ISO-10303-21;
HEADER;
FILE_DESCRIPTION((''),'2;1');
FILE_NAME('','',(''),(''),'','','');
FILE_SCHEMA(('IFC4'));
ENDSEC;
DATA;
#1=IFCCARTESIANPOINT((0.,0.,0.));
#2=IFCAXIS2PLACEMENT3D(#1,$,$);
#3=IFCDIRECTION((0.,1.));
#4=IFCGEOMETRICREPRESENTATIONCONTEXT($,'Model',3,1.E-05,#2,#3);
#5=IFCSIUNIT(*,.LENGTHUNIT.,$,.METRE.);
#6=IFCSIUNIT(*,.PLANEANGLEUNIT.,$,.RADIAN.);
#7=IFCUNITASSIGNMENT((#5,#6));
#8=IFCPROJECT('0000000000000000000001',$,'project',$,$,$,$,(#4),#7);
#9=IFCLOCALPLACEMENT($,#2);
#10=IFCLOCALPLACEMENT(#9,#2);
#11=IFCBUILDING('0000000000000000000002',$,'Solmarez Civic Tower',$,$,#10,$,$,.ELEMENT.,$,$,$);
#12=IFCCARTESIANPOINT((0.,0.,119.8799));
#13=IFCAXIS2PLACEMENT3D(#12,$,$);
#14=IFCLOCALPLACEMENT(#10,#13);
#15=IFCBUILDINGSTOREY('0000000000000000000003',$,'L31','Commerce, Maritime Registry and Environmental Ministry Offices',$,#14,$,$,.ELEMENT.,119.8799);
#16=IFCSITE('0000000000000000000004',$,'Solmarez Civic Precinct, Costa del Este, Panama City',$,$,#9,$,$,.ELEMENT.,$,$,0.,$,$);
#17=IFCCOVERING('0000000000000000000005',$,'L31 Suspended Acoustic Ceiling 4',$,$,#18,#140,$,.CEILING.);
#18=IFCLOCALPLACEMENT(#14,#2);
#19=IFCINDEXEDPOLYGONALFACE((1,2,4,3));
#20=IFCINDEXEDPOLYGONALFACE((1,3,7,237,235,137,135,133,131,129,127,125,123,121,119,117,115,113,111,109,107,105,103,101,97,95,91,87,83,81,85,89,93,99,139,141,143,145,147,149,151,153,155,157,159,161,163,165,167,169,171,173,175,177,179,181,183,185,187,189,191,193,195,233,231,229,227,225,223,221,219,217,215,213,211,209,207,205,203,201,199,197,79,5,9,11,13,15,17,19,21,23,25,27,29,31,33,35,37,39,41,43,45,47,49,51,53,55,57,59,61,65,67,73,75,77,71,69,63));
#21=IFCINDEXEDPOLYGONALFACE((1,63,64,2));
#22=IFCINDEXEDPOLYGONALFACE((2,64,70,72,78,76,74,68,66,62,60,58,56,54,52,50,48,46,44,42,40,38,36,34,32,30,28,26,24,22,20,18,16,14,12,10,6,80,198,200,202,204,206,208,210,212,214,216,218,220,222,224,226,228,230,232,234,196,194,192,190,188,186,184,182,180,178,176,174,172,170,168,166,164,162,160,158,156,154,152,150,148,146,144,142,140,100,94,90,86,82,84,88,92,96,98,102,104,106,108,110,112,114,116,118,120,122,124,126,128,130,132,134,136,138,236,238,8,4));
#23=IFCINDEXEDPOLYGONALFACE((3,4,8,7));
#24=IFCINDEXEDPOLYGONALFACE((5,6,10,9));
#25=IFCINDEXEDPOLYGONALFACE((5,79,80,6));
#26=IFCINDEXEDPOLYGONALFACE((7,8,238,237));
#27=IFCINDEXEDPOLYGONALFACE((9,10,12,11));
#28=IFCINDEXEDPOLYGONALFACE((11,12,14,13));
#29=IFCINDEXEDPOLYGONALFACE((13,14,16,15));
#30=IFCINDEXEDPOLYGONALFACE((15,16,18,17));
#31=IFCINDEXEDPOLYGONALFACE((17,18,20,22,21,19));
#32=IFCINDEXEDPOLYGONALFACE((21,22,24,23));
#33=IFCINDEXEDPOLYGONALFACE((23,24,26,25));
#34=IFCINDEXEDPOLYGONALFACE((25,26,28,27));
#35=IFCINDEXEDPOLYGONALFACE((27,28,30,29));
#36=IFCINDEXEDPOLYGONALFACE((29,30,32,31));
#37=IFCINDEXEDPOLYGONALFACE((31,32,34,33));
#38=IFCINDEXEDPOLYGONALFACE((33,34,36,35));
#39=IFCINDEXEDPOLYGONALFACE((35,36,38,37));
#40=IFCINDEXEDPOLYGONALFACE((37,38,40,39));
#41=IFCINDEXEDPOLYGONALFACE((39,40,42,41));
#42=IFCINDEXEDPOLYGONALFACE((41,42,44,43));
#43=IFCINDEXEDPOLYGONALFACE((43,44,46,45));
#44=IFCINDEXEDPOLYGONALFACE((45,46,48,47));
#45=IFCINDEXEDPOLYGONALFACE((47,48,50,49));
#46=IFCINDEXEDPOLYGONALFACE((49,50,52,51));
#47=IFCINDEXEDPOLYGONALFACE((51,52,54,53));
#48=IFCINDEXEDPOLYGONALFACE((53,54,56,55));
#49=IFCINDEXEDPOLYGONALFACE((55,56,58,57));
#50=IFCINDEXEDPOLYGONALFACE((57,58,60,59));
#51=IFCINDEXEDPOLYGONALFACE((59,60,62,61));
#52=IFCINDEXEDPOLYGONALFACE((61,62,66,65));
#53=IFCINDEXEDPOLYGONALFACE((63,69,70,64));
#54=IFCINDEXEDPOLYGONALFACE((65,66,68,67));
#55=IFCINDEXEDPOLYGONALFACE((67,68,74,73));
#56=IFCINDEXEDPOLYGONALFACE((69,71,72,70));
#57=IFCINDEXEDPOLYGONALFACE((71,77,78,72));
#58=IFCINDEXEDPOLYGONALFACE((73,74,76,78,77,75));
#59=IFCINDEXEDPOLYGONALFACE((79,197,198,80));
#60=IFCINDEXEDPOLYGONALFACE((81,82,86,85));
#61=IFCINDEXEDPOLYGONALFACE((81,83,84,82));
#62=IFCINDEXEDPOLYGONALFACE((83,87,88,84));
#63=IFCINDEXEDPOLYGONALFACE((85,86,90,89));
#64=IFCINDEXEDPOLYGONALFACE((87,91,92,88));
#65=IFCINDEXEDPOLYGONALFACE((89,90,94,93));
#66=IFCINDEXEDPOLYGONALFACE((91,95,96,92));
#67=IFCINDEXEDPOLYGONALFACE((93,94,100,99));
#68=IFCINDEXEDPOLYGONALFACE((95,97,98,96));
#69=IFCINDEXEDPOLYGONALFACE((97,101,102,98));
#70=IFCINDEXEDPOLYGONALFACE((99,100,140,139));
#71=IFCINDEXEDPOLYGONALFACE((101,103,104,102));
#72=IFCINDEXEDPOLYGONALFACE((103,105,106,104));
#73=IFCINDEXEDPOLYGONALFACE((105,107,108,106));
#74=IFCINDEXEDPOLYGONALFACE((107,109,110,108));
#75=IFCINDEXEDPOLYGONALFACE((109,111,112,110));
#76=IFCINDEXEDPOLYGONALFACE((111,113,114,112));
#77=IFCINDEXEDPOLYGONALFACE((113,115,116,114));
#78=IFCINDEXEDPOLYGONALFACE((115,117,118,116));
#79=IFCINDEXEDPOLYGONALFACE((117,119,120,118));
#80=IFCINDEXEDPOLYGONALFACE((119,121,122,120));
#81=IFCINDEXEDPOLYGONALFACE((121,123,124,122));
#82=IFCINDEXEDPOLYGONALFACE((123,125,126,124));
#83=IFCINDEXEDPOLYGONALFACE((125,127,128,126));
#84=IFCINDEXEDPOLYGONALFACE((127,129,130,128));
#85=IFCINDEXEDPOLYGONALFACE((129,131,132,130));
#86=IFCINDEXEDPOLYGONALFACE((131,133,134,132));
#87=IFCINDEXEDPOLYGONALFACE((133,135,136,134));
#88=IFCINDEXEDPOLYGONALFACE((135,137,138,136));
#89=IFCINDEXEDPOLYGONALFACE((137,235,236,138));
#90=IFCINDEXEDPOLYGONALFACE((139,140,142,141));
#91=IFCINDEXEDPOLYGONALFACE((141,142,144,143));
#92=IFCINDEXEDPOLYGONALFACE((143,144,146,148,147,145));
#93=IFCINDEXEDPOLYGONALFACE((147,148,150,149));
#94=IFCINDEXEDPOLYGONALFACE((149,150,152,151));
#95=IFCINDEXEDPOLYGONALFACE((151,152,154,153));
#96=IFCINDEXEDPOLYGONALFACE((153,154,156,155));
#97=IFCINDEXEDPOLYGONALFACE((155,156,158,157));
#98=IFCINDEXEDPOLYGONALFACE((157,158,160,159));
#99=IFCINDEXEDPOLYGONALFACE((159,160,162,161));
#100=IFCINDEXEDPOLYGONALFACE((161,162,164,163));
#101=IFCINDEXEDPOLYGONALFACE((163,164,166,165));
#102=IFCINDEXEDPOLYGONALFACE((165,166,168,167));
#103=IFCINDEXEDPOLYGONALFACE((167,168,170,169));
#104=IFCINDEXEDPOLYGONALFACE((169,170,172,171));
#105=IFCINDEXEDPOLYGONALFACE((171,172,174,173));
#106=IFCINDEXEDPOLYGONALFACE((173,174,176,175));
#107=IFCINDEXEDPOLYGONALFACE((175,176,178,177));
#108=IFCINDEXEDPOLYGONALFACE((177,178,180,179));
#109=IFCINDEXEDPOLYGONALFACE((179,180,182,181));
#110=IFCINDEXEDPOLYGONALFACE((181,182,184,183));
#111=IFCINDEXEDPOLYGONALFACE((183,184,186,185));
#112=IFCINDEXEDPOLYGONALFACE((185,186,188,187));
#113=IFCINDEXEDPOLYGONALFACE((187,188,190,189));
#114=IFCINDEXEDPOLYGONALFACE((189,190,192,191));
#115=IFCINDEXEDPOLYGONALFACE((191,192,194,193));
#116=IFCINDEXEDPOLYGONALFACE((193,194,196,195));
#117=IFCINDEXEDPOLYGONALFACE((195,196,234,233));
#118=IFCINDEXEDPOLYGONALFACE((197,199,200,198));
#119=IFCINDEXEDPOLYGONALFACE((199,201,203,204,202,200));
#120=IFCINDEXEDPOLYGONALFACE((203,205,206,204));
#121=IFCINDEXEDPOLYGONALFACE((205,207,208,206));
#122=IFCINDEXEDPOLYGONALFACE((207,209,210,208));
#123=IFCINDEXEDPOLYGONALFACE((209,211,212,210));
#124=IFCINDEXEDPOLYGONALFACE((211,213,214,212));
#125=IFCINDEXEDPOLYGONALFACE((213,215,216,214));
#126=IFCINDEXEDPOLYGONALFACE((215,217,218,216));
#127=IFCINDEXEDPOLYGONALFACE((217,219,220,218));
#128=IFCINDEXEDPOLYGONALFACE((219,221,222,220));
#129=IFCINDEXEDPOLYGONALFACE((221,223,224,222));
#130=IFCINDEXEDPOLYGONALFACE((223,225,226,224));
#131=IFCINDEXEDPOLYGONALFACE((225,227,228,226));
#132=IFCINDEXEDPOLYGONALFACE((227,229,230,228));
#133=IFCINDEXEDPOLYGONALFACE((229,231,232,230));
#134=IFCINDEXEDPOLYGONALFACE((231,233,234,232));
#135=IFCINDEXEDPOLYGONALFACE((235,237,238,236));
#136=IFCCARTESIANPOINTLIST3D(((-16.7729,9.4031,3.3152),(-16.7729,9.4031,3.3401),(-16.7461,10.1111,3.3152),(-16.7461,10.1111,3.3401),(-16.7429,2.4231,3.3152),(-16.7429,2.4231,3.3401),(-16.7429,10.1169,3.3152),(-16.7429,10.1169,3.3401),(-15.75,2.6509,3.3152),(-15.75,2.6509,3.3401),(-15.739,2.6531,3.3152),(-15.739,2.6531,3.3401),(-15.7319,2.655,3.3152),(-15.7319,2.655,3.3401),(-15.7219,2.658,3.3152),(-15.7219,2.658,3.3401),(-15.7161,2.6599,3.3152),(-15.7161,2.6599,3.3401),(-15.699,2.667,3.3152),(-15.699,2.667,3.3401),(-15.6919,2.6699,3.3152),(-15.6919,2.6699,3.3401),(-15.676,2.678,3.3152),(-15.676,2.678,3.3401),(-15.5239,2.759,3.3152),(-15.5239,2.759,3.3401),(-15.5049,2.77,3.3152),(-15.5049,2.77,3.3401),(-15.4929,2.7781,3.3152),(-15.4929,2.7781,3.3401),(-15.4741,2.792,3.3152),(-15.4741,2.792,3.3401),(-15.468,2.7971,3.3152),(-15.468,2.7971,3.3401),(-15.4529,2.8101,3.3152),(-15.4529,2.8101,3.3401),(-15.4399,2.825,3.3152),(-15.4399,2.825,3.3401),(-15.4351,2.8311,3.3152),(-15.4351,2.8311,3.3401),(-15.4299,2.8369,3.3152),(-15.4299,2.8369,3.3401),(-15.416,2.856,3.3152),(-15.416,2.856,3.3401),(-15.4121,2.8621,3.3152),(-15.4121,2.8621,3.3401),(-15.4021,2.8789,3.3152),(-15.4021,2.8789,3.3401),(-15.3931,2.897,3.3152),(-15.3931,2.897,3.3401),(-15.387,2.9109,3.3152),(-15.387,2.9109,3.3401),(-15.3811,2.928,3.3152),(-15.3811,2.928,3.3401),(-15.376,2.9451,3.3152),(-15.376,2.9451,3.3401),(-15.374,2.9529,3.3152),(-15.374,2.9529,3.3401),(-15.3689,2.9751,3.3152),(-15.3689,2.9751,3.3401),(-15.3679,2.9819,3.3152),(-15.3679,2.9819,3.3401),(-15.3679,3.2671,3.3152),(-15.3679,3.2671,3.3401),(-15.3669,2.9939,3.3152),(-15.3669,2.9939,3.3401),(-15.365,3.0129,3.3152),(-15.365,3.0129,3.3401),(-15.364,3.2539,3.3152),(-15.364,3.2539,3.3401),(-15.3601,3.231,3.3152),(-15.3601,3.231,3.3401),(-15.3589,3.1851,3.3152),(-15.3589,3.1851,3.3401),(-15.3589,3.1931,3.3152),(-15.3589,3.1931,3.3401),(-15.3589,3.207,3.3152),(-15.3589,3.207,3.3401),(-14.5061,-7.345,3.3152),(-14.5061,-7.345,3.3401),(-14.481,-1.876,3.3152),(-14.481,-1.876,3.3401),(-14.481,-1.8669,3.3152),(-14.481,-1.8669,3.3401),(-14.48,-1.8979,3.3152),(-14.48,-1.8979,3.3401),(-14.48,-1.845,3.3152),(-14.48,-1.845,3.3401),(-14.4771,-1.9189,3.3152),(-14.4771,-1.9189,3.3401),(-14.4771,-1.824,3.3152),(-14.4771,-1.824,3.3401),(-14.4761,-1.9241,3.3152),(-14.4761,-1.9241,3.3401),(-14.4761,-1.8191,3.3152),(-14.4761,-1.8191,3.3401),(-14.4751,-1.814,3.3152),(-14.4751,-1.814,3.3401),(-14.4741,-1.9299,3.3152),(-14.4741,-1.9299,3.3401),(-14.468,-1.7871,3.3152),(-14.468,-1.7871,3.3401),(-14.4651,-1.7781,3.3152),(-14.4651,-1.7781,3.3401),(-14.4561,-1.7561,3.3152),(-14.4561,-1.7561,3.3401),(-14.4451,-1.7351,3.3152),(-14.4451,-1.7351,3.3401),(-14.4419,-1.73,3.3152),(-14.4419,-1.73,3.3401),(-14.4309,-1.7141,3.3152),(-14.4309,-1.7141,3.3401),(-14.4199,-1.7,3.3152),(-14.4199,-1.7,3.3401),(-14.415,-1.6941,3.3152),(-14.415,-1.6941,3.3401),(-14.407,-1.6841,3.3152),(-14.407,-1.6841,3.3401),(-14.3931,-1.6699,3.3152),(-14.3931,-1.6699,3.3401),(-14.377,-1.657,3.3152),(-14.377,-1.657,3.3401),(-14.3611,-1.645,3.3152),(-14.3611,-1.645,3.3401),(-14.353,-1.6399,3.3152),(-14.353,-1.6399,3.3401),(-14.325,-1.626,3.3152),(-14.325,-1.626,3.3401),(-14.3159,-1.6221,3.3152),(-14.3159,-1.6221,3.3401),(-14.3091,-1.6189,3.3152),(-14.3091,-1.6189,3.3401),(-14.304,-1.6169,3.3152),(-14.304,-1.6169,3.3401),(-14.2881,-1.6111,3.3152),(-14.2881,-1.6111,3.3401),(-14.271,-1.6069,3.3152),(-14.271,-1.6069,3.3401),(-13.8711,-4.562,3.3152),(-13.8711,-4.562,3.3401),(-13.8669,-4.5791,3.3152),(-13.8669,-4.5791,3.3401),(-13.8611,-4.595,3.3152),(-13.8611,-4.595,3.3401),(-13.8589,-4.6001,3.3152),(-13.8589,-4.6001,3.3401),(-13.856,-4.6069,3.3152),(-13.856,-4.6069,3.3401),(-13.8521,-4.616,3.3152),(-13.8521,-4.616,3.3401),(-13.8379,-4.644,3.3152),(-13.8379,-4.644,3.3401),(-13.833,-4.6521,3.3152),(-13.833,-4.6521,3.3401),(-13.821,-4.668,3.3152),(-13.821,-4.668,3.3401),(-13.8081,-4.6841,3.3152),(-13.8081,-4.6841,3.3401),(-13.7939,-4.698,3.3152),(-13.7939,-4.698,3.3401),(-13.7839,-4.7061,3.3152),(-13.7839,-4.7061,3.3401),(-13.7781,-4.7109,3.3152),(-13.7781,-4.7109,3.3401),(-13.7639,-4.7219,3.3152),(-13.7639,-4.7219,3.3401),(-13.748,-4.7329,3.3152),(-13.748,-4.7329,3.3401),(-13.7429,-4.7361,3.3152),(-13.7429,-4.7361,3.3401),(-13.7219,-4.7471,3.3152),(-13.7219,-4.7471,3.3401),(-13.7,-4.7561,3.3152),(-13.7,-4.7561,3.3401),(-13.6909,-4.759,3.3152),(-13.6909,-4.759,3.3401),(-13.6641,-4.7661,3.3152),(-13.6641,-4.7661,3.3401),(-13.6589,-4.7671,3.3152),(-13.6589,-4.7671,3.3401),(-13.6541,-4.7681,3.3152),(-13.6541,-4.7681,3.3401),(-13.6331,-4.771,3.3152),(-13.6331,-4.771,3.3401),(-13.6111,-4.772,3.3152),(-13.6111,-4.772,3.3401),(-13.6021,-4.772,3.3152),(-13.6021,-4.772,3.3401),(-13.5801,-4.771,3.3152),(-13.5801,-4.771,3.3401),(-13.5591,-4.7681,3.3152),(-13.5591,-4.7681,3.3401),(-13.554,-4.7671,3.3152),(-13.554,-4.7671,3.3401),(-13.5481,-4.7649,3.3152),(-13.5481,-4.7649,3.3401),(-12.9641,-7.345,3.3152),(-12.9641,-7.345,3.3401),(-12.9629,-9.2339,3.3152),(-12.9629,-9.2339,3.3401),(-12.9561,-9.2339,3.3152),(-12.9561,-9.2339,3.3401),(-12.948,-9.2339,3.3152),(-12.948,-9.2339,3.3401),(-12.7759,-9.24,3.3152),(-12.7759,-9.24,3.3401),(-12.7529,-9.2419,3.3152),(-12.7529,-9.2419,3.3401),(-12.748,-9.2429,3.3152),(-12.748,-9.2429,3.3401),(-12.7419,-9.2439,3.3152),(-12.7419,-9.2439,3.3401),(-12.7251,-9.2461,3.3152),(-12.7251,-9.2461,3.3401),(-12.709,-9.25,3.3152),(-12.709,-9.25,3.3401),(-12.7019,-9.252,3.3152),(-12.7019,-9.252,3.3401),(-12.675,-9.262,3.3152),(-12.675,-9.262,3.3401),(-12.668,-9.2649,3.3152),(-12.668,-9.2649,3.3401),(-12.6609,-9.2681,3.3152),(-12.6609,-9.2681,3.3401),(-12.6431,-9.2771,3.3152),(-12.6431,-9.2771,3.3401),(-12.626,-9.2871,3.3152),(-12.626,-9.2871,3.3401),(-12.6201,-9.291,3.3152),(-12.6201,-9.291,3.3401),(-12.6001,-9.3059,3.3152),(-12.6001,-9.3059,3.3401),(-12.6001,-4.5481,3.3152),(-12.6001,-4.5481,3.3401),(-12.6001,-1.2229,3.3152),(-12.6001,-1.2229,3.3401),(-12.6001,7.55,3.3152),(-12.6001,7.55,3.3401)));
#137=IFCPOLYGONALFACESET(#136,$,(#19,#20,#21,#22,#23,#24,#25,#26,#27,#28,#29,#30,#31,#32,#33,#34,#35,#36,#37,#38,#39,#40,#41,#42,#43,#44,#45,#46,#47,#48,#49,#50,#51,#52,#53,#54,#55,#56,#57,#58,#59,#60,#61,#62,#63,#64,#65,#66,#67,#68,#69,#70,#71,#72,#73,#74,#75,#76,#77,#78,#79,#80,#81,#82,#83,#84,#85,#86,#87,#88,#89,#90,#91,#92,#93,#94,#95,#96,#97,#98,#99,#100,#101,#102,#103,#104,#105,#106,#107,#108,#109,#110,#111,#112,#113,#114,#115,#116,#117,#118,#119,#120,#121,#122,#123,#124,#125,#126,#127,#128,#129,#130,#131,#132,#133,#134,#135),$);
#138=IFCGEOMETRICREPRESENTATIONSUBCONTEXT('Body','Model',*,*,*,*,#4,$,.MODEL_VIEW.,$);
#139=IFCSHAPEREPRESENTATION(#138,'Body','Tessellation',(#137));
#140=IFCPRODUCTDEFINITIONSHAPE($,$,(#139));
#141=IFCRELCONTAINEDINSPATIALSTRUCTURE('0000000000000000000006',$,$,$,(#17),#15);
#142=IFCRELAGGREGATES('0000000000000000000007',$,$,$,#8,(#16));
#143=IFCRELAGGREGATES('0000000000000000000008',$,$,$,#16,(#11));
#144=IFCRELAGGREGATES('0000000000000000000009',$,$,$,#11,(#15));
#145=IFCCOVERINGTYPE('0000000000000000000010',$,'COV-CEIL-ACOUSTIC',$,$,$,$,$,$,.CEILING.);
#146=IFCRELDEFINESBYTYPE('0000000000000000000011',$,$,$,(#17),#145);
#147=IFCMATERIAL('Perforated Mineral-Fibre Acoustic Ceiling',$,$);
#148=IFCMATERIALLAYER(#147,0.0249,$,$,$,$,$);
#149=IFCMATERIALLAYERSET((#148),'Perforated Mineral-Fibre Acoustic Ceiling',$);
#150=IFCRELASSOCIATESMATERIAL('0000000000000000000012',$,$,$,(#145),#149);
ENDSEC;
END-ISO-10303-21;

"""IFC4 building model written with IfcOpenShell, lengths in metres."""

from ifc_helpers import new_model, si_unit, direction, frame, origin, place, context, subcontext, project, spatial, polyline, outline, extrude, material, layer, layer_set, type_object, element, save


model = new_model("IFC4")

# Units and contexts
model_context = context("Model", 3, precision=1e-05, world=origin(), true_north=direction((0.0, 1.0)))
body_context = subcontext(model_context, "Body", "Model", "MODEL_VIEW")
ifc_project = project(units=[si_unit("LENGTHUNIT", "METRE"), si_unit("PLANEANGLEUNIT", "RADIAN")], contexts=[model_context])

# Site, building, storey
site_placement = place(None, origin())
site = spatial("IfcSite", under=ifc_project, at=site_placement, Name="Solmarez Civic Precinct, Costa del Este, Panama City", CompositionType="ELEMENT", RefElevation=0.0)
building_placement = place(site_placement, origin())
building = spatial("IfcBuilding", under=site, at=building_placement, Name="Solmarez Civic Tower", CompositionType="ELEMENT")
storey_placement = place(building_placement, frame((0.0, 0.0, 119.8799)))
storey = spatial("IfcBuildingStorey", under=building, at=storey_placement, Name="L31", Description="Commerce, Maritime Registry and Environmental Ministry Offices", CompositionType="ELEMENT", Elevation=119.8799)

# Covering
ifc_material_1 = material(Name="Perforated Mineral-Fibre Acoustic Ceiling")
ifc_layer_1 = layer(ifc_material_1, 0.0249)
ifc_layer_set_1 = layer_set([ifc_layer_1], Name="Perforated Mineral-Fibre Acoustic Ceiling")
covering_type_1 = type_object("IfcCoveringType", Name="COV-CEIL-ACOUSTIC", PredefinedType="CEILING", material=ifc_layer_set_1)
covering_1_placement = place(storey_placement, frame((0.0, 0.0, 3.3152)))
element("IfcCovering", 1, at=covering_1_placement, inside=storey, type_object=covering_type_1, Name="L31 Suspended Acoustic Ceiling 4", PredefinedType="CEILING", context=body_context, shape_type="SweptSolid", body=[
    extrude(outline(polyline([(-15.3679, 3.2671), (-15.364, 3.2539), (-15.3601, 3.231), (-15.3589, 3.207), (-15.3589, 3.1931), (-15.3589, 3.1851), (-15.365, 3.0129), (-15.3669, 2.9939), (-15.3679, 2.9819), (-15.3689, 2.9751), (-15.374, 2.9529), (-15.376, 2.9451), (-15.3811, 2.928), (-15.387, 2.9109), (-15.3931, 2.897), (-15.4021, 2.8789), (-15.4121, 2.8621), (-15.416, 2.856), (-15.4299, 2.8369), (-15.4351, 2.8311), (-15.4399, 2.825), (-15.4529, 2.8101), (-15.468, 2.7971), (-15.4741, 2.792), (-15.4929, 2.7781), (-15.5049, 2.77), (-15.5239, 2.759), (-15.676, 2.678), (-15.6919, 2.6699), (-15.699, 2.667), (-15.7161, 2.6599), (-15.7219, 2.658), (-15.7319, 2.655), (-15.739, 2.6531), (-15.75, 2.6509), (-16.7429, 2.4231), (-14.5061, -7.345), (-12.9641, -7.345), (-12.9629, -9.2339), (-12.9561, -9.2339), (-12.948, -9.2339), (-12.7759, -9.24), (-12.7529, -9.2419), (-12.748, -9.2429), (-12.7419, -9.2439), (-12.7251, -9.2461), (-12.709, -9.25), (-12.7019, -9.252), (-12.675, -9.262), (-12.668, -9.2649), (-12.6609, -9.2681), (-12.6431, -9.2771), (-12.626, -9.2871), (-12.6201, -9.291), (-12.6001, -9.3059), (-12.6001, -4.5481), (-13.5481, -4.7649), (-13.554, -4.7671), (-13.5591, -4.7681), (-13.5801, -4.771), (-13.6021, -4.772), (-13.6111, -4.772), (-13.6331, -4.771), (-13.6541, -4.7681), (-13.6589, -4.7671), (-13.6641, -4.7661), (-13.6909, -4.759), (-13.7, -4.7561), (-13.7219, -4.7471), (-13.7429, -4.7361), (-13.748, -4.7329), (-13.7639, -4.7219), (-13.7781, -4.7109), (-13.7839, -4.7061), (-13.7939, -4.698), (-13.8081, -4.6841), (-13.821, -4.668), (-13.833, -4.6521), (-13.8379, -4.644), (-13.8521, -4.616), (-13.856, -4.6069), (-13.8589, -4.6001), (-13.8611, -4.595), (-13.8669, -4.5791), (-13.8711, -4.562), (-14.4741, -1.9299), (-14.4761, -1.9241), (-14.4771, -1.9189), (-14.48, -1.8979), (-14.481, -1.876), (-14.481, -1.8669), (-14.48, -1.845), (-14.4771, -1.824), (-14.4761, -1.8191), (-14.4751, -1.814), (-14.468, -1.7871), (-14.4651, -1.7781), (-14.4561, -1.7561), (-14.4451, -1.7351), (-14.4419, -1.73), (-14.4309, -1.7141), (-14.4199, -1.7), (-14.415, -1.6941), (-14.407, -1.6841), (-14.3931, -1.6699), (-14.377, -1.657), (-14.3611, -1.645), (-14.353, -1.6399), (-14.325, -1.626), (-14.3159, -1.6221), (-14.3091, -1.6189), (-14.304, -1.6169), (-14.2881, -1.6111), (-14.271, -1.6069), (-12.6001, -1.2229), (-12.6001, 7.55), (-16.7429, 10.1169), (-16.7461, 10.1111), (-16.7729, 9.4031), (-15.3679, 3.2671)])), origin(), (0.0, 0.0, 1.0), 0.0249),
])

save(model, "model.ifc")
